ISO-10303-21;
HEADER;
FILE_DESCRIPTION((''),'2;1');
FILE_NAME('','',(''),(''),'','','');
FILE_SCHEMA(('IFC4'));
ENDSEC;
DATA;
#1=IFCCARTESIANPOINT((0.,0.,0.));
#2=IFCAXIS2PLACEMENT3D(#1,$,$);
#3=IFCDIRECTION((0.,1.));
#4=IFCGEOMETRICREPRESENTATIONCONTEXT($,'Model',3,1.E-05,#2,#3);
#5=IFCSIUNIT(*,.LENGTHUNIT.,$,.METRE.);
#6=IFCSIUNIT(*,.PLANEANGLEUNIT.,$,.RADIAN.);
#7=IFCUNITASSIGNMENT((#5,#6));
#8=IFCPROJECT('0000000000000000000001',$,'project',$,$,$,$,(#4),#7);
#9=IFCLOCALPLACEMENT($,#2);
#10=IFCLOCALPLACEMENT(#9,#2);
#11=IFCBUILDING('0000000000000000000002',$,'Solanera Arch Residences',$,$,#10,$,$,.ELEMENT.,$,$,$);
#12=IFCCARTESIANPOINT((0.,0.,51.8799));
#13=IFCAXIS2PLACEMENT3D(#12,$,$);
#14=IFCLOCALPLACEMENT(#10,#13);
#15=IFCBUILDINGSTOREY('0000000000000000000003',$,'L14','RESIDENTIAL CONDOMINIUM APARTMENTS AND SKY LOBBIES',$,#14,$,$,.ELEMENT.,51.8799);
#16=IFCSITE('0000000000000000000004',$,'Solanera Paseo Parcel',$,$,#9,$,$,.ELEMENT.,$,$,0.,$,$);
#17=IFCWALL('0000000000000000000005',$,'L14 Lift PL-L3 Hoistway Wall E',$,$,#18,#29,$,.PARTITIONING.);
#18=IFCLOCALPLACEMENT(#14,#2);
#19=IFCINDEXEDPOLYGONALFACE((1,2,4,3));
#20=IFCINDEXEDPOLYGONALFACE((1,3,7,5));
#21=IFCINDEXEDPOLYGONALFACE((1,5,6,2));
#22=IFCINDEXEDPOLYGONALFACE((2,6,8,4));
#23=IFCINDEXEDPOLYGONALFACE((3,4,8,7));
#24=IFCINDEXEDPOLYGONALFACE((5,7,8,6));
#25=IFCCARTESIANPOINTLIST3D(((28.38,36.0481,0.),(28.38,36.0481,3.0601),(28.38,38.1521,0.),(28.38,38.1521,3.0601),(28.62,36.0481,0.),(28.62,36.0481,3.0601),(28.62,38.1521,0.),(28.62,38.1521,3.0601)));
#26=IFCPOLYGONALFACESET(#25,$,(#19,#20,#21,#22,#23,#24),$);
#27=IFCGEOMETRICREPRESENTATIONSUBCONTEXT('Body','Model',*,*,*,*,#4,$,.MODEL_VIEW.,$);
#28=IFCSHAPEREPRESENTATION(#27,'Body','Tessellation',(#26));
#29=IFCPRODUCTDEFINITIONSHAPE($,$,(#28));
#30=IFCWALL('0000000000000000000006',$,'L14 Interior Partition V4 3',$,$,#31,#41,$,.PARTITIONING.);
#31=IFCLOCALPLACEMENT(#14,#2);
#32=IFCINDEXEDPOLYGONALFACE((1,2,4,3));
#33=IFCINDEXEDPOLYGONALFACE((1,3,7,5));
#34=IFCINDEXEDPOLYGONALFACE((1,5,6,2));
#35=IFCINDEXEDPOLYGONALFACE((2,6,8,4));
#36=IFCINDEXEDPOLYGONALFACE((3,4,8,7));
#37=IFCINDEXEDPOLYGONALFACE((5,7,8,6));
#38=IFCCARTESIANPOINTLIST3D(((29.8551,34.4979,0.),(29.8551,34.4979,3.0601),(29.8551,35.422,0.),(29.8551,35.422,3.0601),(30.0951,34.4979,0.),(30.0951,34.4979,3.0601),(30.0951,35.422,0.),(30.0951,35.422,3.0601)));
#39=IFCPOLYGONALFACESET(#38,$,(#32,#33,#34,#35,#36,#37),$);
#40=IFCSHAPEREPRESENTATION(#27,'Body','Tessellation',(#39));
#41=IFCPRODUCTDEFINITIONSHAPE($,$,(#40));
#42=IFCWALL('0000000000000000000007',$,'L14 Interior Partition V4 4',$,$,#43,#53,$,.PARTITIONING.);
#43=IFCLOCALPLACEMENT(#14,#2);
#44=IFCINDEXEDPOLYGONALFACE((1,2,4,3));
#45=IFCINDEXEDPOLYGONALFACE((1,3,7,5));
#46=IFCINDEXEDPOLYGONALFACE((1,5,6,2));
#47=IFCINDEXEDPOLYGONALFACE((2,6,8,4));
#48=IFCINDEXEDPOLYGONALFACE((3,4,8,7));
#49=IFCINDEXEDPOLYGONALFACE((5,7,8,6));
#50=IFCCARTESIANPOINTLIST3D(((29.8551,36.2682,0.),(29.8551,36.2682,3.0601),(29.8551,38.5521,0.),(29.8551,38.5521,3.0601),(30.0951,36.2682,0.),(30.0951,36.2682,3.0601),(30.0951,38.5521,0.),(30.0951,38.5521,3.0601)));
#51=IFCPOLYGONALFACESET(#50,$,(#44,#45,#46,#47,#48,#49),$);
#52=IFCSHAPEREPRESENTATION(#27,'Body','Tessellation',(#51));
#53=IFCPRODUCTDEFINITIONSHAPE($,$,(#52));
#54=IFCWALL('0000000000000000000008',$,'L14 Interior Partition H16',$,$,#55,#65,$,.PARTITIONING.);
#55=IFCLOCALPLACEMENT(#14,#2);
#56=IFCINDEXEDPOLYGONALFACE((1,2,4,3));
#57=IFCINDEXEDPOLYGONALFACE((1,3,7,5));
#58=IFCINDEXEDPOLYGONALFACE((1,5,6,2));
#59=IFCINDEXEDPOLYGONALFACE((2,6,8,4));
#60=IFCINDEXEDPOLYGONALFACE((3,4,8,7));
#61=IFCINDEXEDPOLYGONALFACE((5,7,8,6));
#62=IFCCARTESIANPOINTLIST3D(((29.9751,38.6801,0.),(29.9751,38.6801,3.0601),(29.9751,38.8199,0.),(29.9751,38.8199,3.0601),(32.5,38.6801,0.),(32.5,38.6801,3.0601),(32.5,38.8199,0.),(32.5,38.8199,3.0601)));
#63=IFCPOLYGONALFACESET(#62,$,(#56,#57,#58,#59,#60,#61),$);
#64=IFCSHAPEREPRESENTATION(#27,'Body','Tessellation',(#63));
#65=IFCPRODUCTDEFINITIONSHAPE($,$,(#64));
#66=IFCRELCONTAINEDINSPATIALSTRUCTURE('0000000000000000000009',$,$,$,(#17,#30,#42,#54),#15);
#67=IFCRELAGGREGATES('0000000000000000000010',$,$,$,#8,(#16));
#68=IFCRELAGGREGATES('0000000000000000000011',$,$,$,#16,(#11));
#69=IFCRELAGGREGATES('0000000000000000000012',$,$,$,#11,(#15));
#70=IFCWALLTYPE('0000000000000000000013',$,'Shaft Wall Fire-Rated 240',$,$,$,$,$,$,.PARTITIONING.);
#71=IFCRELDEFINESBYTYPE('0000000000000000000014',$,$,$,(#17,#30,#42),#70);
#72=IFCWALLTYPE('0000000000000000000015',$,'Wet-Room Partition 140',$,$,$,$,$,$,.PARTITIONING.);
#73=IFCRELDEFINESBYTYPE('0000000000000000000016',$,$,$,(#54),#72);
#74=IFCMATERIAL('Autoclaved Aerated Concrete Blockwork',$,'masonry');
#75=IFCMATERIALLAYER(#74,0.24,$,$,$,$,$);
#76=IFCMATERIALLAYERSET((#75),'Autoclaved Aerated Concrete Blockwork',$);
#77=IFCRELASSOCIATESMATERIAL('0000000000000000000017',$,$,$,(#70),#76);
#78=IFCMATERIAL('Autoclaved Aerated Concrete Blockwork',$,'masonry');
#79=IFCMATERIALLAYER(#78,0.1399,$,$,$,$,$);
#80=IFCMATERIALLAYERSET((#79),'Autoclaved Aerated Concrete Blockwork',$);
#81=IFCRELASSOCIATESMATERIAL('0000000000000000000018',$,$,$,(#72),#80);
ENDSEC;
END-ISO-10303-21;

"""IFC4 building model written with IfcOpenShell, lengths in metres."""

from ifc_helpers import new_model, si_unit, direction, frame, frame_2d, origin, place, context, subcontext, project, spatial, rectangle, extrude, material, layer, layer_set, type_object, element, save


model = new_model("IFC4")

# Units and contexts
model_context = context("Model", 3, precision=1e-05, world=origin(), true_north=direction((0.0, 1.0)))
body_context = subcontext(model_context, "Body", "Model", "MODEL_VIEW")
ifc_project = project(units=[si_unit("LENGTHUNIT", "METRE"), si_unit("PLANEANGLEUNIT", "RADIAN")], contexts=[model_context])

# Site, building, storey
site_placement = place(None, origin())
site = spatial("IfcSite", under=ifc_project, at=site_placement, Name="Solanera Paseo Parcel", CompositionType="ELEMENT", RefElevation=0.0)
building_placement = place(site_placement, origin())
building = spatial("IfcBuilding", under=site, at=building_placement, Name="Solanera Arch Residences", CompositionType="ELEMENT")
storey_placement = place(building_placement, frame((0.0, 0.0, 51.8799)))
storey = spatial("IfcBuildingStorey", under=building, at=storey_placement, Name="L14", Description="RESIDENTIAL CONDOMINIUM APARTMENTS AND SKY LOBBIES", CompositionType="ELEMENT", Elevation=51.8799)

# Wall
ifc_material_1 = material(Name="Autoclaved Aerated Concrete Blockwork", Category="masonry")
ifc_layer_1 = layer(ifc_material_1, 0.24)
ifc_layer_set_1 = layer_set([ifc_layer_1], Name="Autoclaved Aerated Concrete Blockwork")
wall_type_1 = type_object("IfcWallType", Name="Shaft Wall Fire-Rated 240", PredefinedType="PARTITIONING", material=ifc_layer_set_1)
for number, where, z_axis, x_axis, name in (
    (1, (28.5, 36.0481, 0.0), (0.0, 0.0, 1.0), (0.0, 1.0, 0.0), "L14 Lift PL-L3 Hoistway Wall E"),
):
    element("IfcWall", number, at=place(storey_placement, frame(where, z_axis=z_axis, x_axis=x_axis)), inside=storey, type_object=wall_type_1, Name=name, PredefinedType="PARTITIONING", context=body_context, shape_type="SweptSolid", body=[
        extrude(rectangle(XDim=2.104, YDim=0.24, at=frame_2d((1.052, 0.0))), origin(), (0.0, 0.0, 1.0), 3.0601),
    ])

# Walls
wall_1_placement = place(storey_placement, frame((29.9751, 34.498, 0.0), z_axis=(0.0, 0.0, 1.0), x_axis=(0.0, 1.0, 0.0)))
element("IfcWall", 2, at=wall_1_placement, inside=storey, type_object=wall_type_1, Name="L14 Interior Partition V4 3", PredefinedType="PARTITIONING", context=body_context, shape_type="SweptSolid", body=[
    extrude(rectangle(XDim=0.9241, YDim=0.24, at=frame_2d((0.4619, 0.0))), origin(), (0.0, 0.0, 1.0), 3.0601),
])
wall_2_placement = place(storey_placement, frame((29.9751, 36.2681, 0.0), z_axis=(0.0, 0.0, 1.0), x_axis=(0.0, 1.0, 0.0)))
element("IfcWall", 3, at=wall_2_placement, inside=storey, type_object=wall_type_1, Name="L14 Interior Partition V4 4", PredefinedType="PARTITIONING", context=body_context, shape_type="SweptSolid", body=[
    extrude(rectangle(XDim=2.2839, YDim=0.24, at=frame_2d((1.1421, 0.0))), origin(), (0.0, 0.0, 1.0), 3.0601),
])
ifc_material_2 = material(Name="Autoclaved Aerated Concrete Blockwork", Category="masonry")
ifc_layer_2 = layer(ifc_material_2, 0.1399)
ifc_layer_set_2 = layer_set([ifc_layer_2], Name="Autoclaved Aerated Concrete Blockwork")
wall_type_2 = type_object("IfcWallType", Name="Wet-Room Partition 140", PredefinedType="PARTITIONING", material=ifc_layer_set_2)
wall_3_placement = place(storey_placement, frame((29.9751, 38.75, 0.0), z_axis=(0.0, 0.0, 1.0), x_axis=(1.0, 0.0, 0.0)))
element("IfcWall", 4, at=wall_3_placement, inside=storey, type_object=wall_type_2, Name="L14 Interior Partition H16", PredefinedType="PARTITIONING", context=body_context, shape_type="SweptSolid", body=[
    extrude(rectangle(XDim=2.5249, YDim=0.1399, at=frame_2d((1.2625, 0.0))), origin(), (0.0, 0.0, 1.0), 3.0601),
])

save(model, "model.ifc")
